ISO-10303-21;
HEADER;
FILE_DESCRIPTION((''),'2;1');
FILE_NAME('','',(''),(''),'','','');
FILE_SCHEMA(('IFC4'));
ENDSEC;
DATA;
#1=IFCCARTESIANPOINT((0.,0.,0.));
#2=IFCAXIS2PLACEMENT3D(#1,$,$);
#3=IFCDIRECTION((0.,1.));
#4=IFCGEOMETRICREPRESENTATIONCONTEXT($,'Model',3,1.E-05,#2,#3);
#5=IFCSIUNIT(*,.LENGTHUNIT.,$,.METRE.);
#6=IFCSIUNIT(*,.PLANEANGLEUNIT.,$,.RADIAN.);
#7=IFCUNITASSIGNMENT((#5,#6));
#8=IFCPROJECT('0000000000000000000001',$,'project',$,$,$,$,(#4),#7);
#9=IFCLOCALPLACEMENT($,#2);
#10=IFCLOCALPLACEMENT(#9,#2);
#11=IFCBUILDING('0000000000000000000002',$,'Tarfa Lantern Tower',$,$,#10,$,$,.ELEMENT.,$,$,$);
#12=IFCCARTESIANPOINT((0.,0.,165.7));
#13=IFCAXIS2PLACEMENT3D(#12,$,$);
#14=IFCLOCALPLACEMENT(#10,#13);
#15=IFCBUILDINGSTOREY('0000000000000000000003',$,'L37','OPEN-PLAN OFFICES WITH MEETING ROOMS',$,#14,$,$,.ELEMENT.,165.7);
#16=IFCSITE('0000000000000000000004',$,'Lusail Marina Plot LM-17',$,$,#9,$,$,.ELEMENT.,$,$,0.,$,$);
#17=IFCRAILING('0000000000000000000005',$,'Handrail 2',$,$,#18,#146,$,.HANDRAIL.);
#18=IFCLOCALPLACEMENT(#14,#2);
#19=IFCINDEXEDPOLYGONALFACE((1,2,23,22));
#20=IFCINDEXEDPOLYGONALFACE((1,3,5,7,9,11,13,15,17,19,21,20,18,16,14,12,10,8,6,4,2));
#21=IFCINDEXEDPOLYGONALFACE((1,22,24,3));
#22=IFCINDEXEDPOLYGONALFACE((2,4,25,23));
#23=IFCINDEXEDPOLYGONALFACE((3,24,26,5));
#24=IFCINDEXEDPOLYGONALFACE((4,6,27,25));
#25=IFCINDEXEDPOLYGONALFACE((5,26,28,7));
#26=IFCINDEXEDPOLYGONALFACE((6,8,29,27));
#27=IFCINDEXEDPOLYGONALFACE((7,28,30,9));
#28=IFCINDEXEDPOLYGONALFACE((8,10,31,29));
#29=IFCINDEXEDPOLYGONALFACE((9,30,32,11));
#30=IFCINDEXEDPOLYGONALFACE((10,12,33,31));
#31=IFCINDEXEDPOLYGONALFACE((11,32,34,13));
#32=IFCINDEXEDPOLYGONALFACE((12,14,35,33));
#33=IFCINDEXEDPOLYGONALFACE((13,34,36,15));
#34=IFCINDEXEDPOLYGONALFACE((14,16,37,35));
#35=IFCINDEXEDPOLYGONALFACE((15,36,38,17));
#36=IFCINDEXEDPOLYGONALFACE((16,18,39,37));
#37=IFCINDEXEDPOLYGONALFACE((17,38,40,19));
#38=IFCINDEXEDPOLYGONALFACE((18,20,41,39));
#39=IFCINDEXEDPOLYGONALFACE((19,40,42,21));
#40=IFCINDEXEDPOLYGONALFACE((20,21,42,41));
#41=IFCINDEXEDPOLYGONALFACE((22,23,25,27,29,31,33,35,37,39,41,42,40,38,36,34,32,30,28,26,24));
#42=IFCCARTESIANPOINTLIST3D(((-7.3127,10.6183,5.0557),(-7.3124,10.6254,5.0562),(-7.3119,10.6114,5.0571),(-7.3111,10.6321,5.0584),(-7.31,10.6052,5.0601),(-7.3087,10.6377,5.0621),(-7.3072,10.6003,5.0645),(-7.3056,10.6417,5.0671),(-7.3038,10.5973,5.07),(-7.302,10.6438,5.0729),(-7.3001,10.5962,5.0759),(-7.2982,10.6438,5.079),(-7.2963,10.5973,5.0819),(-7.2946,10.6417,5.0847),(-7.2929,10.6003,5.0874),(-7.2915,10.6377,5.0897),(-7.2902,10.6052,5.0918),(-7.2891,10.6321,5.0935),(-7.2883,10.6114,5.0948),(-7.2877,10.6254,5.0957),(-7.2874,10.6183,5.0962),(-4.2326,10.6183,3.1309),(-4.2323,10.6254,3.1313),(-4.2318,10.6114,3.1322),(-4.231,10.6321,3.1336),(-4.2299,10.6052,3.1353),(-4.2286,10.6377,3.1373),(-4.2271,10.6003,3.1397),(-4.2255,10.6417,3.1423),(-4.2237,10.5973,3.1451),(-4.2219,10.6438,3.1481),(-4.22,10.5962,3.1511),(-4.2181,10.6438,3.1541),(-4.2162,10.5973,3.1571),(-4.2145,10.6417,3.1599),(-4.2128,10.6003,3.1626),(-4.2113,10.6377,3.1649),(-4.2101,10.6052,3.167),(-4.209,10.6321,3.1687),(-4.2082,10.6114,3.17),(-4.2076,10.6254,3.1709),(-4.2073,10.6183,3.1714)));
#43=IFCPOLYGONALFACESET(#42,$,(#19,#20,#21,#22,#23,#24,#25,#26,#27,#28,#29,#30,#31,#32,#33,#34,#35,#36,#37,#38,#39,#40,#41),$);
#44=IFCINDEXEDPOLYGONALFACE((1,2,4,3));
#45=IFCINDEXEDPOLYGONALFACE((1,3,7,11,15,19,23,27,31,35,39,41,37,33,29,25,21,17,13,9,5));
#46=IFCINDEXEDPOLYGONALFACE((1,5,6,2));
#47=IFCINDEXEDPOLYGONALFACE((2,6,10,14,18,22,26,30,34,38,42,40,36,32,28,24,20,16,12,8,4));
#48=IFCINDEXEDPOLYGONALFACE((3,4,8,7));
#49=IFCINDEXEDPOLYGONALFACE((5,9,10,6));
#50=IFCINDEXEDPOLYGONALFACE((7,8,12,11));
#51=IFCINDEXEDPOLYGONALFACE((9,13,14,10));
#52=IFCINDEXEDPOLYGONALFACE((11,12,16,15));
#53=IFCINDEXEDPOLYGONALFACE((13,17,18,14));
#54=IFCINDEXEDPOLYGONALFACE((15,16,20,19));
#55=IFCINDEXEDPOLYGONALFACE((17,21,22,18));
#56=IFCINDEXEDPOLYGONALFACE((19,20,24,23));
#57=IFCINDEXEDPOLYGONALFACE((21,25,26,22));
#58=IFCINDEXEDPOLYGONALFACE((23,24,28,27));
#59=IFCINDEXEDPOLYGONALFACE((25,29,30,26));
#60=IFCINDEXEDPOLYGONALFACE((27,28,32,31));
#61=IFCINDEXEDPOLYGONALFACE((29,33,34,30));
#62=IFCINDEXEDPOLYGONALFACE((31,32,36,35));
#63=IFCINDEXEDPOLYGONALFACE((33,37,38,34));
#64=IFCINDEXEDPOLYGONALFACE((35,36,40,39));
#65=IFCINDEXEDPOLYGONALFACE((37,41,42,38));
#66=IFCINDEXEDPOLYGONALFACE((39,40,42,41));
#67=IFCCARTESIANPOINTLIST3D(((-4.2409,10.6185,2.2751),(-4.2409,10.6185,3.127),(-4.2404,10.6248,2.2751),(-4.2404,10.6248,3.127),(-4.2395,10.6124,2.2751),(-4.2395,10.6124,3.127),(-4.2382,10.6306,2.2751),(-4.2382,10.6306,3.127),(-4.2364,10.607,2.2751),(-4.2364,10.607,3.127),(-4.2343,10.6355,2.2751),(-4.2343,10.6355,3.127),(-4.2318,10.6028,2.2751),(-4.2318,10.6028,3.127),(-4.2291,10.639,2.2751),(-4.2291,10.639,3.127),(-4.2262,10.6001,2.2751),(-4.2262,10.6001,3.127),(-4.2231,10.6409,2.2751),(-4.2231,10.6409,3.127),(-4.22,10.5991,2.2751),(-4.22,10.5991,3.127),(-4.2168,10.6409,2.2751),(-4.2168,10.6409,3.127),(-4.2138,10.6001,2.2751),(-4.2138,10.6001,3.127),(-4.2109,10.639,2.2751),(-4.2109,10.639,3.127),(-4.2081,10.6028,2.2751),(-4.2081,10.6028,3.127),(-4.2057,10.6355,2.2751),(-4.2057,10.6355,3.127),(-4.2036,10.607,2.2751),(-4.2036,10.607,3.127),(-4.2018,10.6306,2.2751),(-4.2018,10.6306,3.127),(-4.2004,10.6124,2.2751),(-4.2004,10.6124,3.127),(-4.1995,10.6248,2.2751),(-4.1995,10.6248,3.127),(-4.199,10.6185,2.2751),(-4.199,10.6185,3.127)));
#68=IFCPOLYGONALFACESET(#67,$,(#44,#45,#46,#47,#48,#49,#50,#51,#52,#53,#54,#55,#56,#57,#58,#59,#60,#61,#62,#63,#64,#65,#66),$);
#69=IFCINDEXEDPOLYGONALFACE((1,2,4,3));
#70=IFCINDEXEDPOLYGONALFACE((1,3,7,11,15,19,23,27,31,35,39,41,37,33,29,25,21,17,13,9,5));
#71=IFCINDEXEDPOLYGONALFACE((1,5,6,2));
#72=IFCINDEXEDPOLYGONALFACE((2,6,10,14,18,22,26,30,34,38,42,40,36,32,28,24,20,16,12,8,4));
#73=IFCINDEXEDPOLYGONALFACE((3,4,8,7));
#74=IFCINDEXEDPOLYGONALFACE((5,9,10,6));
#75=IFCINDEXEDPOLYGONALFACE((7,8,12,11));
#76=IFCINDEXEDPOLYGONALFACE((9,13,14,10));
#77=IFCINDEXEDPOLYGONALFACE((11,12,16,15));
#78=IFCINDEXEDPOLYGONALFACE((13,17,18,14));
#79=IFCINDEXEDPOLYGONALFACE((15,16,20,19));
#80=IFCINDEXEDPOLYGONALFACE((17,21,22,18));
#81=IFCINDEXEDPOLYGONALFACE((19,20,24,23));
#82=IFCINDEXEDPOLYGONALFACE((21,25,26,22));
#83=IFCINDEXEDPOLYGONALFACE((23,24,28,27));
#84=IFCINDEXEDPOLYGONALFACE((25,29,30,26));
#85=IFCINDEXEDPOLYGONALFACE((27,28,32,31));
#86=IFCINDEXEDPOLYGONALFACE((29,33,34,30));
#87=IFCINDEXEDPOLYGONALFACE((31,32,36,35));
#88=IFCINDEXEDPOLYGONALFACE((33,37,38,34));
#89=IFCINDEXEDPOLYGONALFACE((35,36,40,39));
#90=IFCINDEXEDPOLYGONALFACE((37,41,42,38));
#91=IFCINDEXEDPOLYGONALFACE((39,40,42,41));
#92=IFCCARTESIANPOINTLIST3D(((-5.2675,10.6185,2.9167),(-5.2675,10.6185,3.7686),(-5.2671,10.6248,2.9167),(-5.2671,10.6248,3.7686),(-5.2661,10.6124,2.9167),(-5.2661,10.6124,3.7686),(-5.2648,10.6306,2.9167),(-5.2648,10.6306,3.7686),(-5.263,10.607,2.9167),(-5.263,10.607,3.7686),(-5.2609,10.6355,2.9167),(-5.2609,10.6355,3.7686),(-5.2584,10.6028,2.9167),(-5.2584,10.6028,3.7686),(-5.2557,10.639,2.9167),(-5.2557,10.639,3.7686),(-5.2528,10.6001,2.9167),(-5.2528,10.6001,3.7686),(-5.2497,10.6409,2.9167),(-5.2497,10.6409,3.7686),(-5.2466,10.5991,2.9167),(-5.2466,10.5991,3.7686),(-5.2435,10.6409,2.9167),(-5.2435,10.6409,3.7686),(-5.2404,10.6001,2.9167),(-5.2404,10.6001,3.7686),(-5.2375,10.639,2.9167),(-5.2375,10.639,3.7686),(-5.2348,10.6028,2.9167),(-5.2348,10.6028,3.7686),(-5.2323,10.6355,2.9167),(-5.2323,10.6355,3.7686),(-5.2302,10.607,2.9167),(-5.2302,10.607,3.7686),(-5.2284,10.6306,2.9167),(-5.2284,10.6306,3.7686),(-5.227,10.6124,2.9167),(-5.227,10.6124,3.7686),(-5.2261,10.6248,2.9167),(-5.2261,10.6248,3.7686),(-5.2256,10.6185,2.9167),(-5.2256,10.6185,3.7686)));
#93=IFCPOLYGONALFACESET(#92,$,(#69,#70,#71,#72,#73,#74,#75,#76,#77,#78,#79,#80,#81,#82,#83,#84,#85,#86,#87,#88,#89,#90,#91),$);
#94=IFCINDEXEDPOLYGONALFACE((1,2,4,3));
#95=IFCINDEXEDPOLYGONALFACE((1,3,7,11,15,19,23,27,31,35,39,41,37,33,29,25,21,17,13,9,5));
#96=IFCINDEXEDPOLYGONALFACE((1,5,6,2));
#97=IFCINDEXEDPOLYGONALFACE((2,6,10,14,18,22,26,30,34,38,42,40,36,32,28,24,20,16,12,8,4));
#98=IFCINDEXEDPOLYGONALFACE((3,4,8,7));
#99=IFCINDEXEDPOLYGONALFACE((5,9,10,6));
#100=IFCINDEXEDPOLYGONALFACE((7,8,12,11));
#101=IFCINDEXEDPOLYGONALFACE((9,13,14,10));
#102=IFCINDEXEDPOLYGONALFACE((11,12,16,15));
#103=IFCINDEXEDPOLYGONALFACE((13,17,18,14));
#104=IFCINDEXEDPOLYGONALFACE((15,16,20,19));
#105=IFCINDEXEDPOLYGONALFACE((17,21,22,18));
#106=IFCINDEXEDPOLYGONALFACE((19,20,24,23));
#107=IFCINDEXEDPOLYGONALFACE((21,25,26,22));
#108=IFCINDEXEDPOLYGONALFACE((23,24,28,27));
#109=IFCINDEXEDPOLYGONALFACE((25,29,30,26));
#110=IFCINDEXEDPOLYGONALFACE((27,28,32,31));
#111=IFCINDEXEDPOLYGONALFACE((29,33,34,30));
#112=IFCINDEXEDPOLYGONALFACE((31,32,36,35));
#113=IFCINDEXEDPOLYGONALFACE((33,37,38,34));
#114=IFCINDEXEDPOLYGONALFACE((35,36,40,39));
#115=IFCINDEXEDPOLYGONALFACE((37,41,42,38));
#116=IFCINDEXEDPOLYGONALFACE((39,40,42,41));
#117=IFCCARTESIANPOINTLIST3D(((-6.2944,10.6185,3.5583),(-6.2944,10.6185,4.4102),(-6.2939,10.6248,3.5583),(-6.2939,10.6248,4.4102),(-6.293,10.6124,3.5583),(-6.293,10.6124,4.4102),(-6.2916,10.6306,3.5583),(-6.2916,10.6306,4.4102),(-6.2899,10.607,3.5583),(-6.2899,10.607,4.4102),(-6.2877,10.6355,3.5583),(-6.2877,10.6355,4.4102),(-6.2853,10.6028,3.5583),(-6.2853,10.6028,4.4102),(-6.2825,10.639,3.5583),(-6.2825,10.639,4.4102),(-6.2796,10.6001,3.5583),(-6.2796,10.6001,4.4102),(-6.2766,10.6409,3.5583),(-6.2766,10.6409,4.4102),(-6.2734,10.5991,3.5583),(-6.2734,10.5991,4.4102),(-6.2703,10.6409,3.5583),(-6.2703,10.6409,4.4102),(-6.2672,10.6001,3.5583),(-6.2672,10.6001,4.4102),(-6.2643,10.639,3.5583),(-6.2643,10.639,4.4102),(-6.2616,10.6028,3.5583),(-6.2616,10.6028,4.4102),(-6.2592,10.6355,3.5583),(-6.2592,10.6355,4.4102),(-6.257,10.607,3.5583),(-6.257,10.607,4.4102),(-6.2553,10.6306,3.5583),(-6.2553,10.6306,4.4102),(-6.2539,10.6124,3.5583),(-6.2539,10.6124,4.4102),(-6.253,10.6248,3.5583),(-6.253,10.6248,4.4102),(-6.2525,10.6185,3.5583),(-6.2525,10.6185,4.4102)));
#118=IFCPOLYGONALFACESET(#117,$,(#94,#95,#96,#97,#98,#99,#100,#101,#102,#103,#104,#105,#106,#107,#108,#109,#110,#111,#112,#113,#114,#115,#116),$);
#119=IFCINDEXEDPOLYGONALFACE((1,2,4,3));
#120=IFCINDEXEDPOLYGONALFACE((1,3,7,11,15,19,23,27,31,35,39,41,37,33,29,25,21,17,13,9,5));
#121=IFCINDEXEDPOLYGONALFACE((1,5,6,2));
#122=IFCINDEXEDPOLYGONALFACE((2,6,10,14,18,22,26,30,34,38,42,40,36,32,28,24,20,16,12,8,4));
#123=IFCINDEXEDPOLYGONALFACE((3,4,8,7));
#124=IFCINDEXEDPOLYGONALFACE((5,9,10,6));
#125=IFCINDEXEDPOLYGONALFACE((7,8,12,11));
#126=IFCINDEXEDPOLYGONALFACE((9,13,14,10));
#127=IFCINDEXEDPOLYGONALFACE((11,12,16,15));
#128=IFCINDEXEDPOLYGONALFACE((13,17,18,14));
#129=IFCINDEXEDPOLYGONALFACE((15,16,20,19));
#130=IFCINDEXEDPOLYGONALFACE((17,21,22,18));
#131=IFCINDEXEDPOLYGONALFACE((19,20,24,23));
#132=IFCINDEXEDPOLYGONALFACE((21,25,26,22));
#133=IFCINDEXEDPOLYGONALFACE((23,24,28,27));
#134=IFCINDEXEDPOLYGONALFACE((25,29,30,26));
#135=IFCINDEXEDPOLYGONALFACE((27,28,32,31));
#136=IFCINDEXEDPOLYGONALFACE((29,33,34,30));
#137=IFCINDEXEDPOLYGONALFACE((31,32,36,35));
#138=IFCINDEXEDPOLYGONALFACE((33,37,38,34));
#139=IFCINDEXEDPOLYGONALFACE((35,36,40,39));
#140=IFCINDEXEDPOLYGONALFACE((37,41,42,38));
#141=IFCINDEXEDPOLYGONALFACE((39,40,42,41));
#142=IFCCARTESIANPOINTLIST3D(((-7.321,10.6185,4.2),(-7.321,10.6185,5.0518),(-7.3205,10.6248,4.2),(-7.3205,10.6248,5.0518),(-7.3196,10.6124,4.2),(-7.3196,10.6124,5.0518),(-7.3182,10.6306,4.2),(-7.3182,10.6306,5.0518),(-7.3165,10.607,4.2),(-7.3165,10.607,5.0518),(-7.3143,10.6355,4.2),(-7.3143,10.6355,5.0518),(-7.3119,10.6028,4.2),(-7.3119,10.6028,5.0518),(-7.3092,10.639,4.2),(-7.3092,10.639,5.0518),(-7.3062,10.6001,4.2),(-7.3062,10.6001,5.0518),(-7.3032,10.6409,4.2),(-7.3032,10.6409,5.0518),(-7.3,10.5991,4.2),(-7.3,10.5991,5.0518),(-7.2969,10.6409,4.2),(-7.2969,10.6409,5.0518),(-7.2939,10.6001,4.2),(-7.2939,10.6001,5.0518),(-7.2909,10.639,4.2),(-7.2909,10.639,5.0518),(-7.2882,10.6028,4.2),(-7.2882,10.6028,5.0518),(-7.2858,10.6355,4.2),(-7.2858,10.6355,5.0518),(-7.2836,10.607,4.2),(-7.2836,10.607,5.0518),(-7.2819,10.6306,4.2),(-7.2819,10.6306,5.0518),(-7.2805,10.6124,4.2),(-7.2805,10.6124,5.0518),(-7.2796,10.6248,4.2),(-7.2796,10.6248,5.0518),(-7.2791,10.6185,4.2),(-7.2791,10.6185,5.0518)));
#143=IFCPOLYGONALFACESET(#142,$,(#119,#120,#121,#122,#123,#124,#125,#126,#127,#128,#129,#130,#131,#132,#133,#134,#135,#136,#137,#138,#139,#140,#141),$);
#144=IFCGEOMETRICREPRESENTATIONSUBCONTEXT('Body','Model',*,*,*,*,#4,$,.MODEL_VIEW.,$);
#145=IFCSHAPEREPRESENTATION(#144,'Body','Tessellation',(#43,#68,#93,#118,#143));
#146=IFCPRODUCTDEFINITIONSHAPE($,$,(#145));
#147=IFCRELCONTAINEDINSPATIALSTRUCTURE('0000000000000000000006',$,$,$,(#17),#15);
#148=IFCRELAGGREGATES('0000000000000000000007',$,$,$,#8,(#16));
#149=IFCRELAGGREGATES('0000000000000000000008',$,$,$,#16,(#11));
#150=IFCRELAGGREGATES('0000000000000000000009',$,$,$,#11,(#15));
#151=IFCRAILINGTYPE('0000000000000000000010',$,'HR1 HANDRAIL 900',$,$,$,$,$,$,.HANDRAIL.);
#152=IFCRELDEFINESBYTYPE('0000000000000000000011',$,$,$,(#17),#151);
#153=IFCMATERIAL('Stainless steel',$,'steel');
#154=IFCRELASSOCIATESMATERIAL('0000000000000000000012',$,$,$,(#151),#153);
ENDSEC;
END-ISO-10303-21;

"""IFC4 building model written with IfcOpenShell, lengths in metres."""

from ifc_helpers import new_model, si_unit, direction, frame, origin, origin_2d, place, context, subcontext, project, spatial, circle, extrude, material, type_object, element, save


model = new_model("IFC4")

# Units and contexts
model_context = context("Model", 3, precision=1e-05, world=origin(), true_north=direction((0.0, 1.0)))
body_context = subcontext(model_context, "Body", "Model", "MODEL_VIEW")
ifc_project = project(units=[si_unit("LENGTHUNIT", "METRE"), si_unit("PLANEANGLEUNIT", "RADIAN")], contexts=[model_context])

# Site, building, storey
site_placement = place(None, origin())
site = spatial("IfcSite", under=ifc_project, at=site_placement, Name="Lusail Marina Plot LM-17", CompositionType="ELEMENT", RefElevation=0.0)
building_placement = place(site_placement, origin())
building = spatial("IfcBuilding", under=site, at=building_placement, Name="Tarfa Lantern Tower", CompositionType="ELEMENT")
storey_placement = place(building_placement, frame((0.0, 0.0, 165.7)))
storey = spatial("IfcBuildingStorey", under=building, at=storey_placement, Name="L37", Description="OPEN-PLAN OFFICES WITH MEETING ROOMS", CompositionType="ELEMENT", Elevation=165.7)

# Railing
ifc_material_1 = material(Name="Stainless steel", Category="steel")
railing_type = type_object("IfcRailingType", Name="HR1 HANDRAIL 900", PredefinedType="HANDRAIL", material=ifc_material_1)
railing_1_placement = place(storey_placement, frame((-4.22, 10.6201, 2.2751)))
element("IfcRailing", 1, at=railing_1_placement, inside=storey, type_object=railing_type, Name="Handrail 2", PredefinedType="HANDRAIL", context=body_context, shape_type="SweptSolid", body=[
    extrude(circle(Radius=0.0239, at=origin_2d()), frame((0.0, 0.0, 0.876), z_axis=(-0.848029, 0.0, 0.529951), x_axis=(0.0, -1.0, 0.0)), (0.0, 0.0, 1.0), 3.6321),
    extrude(circle(Radius=0.021, at=origin_2d()), frame((0.0, 0.0, 0.0), z_axis=(0.0, 0.0, 1.0), x_axis=(0.0, -1.0, 0.0)), (0.0, 0.0, 1.0), 0.8518),
    extrude(circle(Radius=0.021, at=origin_2d()), frame((-1.0266, 0.0, 0.6416), z_axis=(0.0, 0.0, 1.0), x_axis=(0.0, -1.0, 0.0)), (0.0, 0.0, 1.0), 0.8518),
    extrude(circle(Radius=0.021, at=origin_2d()), frame((-2.0535, 0.0, 1.2832), z_axis=(0.0, 0.0, 1.0), x_axis=(0.0, -1.0, 0.0)), (0.0, 0.0, 1.0), 0.8518),
    extrude(circle(Radius=0.021, at=origin_2d()), frame((-3.0801, 0.0, 1.9248), z_axis=(0.0, 0.0, 1.0), x_axis=(0.0, -1.0, 0.0)), (0.0, 0.0, 1.0), 0.8518),
])

save(model, "model.ifc")
